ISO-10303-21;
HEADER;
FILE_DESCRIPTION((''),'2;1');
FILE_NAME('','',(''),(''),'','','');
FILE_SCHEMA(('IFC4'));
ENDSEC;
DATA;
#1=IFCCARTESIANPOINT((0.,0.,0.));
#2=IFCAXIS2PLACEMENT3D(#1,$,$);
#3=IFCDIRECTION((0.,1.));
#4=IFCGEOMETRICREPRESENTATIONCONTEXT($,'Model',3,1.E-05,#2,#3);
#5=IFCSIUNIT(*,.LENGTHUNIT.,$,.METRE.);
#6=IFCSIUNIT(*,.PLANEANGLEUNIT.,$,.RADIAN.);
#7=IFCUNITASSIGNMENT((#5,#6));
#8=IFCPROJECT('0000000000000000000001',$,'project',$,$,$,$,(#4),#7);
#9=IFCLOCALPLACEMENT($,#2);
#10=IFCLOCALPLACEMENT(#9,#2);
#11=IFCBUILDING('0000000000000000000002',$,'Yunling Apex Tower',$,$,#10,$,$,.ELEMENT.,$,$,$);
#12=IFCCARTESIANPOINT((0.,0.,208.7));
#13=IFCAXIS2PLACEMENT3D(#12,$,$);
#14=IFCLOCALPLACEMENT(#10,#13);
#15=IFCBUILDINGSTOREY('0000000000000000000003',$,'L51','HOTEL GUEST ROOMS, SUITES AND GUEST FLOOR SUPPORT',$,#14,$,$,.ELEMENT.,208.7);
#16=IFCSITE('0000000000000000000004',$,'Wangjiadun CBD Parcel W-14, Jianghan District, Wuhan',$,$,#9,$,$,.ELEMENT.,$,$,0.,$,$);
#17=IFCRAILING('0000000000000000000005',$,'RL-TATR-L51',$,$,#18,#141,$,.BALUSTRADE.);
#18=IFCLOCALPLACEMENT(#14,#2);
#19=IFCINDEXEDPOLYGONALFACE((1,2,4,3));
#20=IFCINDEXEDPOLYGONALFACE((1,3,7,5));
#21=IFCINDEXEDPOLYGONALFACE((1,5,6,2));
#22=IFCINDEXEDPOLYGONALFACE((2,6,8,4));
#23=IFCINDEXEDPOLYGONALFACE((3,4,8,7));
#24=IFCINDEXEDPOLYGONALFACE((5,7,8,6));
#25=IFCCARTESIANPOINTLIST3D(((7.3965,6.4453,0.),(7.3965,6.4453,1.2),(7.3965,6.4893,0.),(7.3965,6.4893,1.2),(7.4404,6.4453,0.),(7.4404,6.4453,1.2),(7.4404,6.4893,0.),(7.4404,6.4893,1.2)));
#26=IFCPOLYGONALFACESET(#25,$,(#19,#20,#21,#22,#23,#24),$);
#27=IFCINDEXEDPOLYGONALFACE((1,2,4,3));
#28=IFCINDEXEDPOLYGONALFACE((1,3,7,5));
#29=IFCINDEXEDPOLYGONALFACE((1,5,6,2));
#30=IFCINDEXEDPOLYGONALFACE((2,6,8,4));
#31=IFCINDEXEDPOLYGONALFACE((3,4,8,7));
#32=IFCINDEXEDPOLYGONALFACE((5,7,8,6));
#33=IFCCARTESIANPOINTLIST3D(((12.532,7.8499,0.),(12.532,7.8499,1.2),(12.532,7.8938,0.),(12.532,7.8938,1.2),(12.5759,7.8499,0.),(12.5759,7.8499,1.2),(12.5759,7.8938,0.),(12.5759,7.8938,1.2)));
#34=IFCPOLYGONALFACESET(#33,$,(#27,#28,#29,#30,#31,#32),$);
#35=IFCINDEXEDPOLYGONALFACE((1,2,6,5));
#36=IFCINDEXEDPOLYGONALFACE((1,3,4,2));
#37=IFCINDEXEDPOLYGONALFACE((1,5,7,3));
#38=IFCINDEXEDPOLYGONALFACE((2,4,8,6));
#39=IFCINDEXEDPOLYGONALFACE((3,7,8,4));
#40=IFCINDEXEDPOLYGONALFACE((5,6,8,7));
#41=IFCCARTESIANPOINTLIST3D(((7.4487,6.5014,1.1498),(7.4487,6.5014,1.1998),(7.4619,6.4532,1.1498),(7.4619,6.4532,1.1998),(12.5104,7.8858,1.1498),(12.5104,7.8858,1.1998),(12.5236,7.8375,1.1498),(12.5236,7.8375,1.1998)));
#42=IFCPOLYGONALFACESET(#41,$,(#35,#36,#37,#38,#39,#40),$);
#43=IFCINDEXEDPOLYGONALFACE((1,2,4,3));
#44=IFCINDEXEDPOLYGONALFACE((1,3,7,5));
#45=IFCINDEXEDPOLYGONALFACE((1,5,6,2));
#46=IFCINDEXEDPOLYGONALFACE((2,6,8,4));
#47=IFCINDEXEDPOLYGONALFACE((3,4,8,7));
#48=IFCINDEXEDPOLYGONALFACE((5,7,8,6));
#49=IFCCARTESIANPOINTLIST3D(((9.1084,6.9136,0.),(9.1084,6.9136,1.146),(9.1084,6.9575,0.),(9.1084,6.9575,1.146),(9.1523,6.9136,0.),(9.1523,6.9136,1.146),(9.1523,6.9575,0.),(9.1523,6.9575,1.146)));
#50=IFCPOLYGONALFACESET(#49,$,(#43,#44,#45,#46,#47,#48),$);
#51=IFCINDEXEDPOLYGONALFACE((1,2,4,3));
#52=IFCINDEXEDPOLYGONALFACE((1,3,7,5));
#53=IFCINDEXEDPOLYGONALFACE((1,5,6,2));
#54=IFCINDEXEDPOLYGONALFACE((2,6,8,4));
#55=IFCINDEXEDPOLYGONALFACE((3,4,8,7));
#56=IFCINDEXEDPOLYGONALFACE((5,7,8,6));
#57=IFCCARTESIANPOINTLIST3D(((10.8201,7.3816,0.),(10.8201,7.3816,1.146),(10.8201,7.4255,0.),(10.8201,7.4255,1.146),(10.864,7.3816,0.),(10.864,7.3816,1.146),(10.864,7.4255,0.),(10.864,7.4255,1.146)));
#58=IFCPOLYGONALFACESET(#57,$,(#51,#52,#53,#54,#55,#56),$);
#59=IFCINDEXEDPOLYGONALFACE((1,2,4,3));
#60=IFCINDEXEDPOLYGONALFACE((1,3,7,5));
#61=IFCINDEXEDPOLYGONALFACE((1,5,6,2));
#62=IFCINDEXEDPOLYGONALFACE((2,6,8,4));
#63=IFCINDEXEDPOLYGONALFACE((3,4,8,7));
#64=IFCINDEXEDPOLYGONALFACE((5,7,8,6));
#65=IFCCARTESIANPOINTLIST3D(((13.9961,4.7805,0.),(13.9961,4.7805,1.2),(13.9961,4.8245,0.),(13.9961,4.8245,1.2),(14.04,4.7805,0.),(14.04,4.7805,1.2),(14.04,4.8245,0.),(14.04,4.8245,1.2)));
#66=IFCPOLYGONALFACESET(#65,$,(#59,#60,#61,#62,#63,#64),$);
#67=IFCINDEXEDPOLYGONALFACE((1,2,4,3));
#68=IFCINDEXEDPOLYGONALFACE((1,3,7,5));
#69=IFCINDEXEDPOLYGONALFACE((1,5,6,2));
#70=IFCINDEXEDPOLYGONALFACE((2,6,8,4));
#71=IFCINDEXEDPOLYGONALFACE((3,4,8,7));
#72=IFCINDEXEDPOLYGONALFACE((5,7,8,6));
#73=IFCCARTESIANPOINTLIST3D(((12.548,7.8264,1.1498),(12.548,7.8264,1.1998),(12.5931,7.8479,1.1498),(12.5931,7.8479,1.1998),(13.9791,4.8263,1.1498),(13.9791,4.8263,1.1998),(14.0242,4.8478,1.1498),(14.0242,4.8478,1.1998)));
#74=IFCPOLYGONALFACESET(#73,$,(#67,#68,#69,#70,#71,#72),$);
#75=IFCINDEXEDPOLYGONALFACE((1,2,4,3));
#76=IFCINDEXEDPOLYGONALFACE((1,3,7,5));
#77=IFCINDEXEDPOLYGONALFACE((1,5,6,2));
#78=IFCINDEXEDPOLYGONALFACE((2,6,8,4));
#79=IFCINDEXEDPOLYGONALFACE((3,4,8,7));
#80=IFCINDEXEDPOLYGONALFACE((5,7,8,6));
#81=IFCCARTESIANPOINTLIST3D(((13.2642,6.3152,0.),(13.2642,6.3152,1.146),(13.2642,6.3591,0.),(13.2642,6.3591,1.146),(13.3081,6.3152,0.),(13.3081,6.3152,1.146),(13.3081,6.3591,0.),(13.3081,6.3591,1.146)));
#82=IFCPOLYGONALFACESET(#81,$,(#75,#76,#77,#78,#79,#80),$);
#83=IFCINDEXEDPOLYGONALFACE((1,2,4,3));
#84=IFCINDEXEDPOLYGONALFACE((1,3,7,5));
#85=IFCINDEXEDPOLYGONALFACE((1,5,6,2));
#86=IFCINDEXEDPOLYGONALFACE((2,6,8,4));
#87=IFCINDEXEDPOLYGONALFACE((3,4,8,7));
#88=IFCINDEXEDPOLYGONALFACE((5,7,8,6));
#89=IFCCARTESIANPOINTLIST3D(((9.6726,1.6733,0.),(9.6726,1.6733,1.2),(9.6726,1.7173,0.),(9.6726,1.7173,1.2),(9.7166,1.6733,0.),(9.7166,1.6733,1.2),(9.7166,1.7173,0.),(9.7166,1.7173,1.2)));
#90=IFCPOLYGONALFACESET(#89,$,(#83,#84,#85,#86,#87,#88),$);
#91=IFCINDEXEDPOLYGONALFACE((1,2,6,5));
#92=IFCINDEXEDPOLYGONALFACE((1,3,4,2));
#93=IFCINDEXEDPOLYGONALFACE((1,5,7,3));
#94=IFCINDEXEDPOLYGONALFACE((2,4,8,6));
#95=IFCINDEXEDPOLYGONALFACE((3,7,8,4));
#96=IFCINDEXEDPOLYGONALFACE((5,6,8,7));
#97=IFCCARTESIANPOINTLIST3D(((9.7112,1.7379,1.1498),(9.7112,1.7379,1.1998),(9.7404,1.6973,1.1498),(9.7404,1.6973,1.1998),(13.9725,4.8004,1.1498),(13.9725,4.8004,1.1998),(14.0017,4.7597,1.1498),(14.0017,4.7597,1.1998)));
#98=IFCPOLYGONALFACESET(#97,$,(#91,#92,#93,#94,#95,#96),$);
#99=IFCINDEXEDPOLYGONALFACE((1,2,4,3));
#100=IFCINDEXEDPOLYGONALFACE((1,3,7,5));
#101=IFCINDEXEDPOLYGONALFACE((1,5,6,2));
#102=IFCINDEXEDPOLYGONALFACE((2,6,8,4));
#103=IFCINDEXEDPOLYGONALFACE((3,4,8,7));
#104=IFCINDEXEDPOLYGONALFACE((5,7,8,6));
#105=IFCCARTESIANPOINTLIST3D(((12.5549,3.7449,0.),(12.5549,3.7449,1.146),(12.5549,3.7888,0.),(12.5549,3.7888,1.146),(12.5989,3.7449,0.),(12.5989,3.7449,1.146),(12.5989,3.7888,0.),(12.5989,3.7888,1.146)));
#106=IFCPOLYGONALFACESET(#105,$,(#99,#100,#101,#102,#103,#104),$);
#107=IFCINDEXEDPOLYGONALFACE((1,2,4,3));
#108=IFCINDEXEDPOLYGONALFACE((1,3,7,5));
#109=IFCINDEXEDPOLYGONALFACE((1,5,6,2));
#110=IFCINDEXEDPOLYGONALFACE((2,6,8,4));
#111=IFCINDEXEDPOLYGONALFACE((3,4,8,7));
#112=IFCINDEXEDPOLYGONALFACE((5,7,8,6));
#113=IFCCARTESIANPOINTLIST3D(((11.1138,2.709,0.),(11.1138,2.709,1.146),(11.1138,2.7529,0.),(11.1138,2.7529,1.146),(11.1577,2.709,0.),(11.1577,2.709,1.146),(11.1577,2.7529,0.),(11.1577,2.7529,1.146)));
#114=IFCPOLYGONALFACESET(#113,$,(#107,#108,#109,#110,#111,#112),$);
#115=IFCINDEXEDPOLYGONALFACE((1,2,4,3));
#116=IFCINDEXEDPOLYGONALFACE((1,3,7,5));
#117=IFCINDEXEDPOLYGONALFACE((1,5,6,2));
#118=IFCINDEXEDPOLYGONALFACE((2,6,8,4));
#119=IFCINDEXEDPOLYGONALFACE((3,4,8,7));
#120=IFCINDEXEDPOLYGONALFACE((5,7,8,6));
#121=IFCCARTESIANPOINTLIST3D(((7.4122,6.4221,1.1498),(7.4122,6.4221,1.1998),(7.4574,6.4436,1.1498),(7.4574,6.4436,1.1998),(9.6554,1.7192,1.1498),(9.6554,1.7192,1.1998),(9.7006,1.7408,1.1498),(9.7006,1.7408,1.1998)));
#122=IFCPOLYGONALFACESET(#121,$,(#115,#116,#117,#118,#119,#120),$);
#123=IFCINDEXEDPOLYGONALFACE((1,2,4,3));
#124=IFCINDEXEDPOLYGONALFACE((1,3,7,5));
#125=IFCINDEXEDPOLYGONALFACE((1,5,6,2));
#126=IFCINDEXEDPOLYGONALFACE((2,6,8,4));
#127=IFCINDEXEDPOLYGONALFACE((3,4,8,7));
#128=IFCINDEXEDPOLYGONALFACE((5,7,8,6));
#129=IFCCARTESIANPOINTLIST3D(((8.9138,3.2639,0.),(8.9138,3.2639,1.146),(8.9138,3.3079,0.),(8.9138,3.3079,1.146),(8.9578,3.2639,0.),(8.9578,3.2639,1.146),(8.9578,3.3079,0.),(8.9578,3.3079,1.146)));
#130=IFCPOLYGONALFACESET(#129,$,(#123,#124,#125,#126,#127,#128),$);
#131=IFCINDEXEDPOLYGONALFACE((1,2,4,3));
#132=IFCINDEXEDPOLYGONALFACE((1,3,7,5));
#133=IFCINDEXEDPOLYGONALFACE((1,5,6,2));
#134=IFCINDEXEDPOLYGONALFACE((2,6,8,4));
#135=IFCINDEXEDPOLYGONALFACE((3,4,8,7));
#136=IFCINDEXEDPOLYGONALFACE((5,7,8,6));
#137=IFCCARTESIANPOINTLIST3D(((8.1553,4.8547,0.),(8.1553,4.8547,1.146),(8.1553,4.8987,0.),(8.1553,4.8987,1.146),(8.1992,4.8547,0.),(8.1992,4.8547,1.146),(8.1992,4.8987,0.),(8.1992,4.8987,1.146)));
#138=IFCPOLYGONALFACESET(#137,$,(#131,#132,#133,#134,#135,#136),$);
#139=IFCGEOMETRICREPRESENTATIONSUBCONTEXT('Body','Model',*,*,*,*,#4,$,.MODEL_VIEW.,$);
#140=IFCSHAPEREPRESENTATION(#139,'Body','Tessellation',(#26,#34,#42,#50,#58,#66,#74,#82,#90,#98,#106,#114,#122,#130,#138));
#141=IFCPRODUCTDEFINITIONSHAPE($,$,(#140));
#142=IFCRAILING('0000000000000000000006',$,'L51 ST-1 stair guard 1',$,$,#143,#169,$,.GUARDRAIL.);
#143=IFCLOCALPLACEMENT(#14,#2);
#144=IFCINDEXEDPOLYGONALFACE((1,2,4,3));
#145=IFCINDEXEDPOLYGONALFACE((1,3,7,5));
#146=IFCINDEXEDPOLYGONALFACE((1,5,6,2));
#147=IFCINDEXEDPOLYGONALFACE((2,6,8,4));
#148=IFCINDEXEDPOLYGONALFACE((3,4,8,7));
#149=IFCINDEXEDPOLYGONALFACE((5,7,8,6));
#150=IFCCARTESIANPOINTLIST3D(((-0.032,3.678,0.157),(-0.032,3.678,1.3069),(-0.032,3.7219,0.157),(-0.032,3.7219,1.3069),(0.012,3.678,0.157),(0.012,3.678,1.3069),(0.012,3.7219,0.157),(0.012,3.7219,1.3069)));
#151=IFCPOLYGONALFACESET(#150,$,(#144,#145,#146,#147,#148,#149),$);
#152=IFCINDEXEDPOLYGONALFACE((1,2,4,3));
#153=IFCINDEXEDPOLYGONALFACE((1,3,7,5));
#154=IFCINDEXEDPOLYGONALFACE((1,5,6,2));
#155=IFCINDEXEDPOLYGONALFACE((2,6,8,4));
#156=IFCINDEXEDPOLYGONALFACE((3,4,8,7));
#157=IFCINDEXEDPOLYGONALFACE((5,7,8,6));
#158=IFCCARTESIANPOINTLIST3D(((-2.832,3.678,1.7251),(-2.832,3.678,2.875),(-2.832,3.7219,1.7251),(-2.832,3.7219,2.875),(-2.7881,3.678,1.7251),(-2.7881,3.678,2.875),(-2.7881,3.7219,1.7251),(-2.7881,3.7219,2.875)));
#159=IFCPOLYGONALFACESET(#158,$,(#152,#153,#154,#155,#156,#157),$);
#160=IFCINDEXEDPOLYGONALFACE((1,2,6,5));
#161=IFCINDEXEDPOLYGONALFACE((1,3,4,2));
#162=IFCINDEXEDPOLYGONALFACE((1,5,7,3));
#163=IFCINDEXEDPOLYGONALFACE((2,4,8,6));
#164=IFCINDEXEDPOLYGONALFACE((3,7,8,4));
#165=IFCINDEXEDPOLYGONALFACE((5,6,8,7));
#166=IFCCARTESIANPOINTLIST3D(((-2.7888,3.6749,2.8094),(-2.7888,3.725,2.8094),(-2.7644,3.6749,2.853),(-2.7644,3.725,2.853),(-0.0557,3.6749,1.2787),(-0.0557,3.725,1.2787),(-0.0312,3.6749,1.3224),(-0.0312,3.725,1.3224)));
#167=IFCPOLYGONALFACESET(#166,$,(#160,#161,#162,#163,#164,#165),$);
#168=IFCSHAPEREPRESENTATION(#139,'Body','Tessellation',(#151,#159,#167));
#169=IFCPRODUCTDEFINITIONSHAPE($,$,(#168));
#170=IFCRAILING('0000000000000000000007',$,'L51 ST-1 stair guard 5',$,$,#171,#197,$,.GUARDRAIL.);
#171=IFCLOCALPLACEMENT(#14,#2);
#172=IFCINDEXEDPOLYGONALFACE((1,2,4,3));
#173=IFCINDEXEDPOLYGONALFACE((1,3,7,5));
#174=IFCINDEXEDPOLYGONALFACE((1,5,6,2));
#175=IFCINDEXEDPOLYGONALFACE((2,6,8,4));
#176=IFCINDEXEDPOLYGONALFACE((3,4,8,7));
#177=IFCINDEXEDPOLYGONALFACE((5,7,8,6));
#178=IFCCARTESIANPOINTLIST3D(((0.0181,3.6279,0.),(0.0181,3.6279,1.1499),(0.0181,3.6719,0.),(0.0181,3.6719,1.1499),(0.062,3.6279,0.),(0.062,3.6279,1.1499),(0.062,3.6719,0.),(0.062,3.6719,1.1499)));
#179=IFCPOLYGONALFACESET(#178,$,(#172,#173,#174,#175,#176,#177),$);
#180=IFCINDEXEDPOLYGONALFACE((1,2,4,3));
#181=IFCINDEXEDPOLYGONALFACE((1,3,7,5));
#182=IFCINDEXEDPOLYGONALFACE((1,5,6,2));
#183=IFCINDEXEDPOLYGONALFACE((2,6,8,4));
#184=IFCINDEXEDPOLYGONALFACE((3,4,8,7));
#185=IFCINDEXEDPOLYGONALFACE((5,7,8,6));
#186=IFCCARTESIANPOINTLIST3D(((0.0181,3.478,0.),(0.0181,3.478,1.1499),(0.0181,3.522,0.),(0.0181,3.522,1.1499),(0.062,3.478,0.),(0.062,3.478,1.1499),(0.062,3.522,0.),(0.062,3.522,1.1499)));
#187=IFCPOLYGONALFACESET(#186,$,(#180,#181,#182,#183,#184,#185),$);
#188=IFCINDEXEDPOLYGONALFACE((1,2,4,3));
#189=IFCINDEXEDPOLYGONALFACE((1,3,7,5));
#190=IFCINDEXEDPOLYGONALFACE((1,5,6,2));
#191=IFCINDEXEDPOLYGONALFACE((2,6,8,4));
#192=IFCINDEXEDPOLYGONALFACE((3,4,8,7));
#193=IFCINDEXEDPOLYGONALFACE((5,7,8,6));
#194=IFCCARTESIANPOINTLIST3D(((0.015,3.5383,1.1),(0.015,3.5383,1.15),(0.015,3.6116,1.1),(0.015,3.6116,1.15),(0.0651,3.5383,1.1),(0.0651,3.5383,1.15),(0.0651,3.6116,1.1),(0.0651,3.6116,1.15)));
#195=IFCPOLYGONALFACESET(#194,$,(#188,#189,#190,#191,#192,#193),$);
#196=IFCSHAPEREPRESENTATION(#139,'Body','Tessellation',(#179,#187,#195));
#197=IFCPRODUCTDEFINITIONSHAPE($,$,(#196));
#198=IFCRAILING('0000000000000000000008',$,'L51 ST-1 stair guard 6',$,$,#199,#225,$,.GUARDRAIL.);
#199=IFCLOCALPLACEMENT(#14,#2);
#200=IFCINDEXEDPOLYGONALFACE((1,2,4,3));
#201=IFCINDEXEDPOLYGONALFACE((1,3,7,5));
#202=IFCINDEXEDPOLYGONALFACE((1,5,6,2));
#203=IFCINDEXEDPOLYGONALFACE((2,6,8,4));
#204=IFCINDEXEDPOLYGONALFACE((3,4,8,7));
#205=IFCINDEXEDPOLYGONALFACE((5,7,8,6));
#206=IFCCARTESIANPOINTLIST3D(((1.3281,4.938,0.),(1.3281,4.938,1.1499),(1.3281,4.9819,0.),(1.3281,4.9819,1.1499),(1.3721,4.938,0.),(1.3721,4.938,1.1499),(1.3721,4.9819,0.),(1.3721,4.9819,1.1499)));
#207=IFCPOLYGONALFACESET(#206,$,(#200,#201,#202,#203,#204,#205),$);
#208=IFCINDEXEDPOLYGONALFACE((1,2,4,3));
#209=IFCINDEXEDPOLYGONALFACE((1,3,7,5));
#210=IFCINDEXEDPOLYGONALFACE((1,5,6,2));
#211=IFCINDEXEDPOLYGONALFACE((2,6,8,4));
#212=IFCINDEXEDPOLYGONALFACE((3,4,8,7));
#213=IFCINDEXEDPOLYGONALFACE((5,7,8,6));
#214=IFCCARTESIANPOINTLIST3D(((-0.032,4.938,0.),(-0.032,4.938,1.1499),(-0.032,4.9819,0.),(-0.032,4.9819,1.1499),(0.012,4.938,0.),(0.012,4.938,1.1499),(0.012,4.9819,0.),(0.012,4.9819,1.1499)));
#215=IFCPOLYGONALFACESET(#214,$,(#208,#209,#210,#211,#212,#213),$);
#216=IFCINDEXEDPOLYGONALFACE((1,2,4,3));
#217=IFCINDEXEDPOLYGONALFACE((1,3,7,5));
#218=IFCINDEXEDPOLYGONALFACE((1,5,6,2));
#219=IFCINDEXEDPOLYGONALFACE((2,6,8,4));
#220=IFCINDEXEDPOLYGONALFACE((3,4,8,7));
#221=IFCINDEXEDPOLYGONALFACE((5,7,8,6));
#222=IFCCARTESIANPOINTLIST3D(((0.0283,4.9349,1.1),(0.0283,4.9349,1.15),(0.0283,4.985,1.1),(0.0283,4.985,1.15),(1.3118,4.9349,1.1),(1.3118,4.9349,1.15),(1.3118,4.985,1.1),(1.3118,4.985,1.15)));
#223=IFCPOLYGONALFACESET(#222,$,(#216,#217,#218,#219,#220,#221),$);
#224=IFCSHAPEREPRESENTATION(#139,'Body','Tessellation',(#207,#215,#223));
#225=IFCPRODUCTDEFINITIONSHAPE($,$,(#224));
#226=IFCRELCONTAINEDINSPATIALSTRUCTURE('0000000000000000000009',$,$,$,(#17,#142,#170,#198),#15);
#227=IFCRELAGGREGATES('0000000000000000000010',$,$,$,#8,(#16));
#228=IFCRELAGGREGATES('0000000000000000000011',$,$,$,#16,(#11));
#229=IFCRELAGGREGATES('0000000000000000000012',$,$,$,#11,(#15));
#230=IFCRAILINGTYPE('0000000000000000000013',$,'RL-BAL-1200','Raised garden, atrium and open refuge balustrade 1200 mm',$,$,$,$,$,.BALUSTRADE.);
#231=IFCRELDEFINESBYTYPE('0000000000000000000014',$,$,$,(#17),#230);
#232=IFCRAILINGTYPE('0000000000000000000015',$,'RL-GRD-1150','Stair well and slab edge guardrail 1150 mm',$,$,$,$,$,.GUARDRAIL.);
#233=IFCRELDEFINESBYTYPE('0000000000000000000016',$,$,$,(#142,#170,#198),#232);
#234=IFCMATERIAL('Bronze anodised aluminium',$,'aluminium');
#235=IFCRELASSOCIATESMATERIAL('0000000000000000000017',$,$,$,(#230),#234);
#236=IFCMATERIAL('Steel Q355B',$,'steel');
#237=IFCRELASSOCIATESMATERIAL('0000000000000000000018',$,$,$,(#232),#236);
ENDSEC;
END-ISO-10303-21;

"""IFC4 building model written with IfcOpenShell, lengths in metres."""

from ifc_helpers import new_model, si_unit, direction, frame, origin, origin_2d, place, context, subcontext, project, spatial, rectangle, extrude, material, type_object, element, save


model = new_model("IFC4")

# Units and contexts
model_context = context("Model", 3, precision=1e-05, world=origin(), true_north=direction((0.0, 1.0)))
body_context = subcontext(model_context, "Body", "Model", "MODEL_VIEW")
ifc_project = project(units=[si_unit("LENGTHUNIT", "METRE"), si_unit("PLANEANGLEUNIT", "RADIAN")], contexts=[model_context])

# Site, building, storey
site_placement = place(None, origin())
site = spatial("IfcSite", under=ifc_project, at=site_placement, Name="Wangjiadun CBD Parcel W-14, Jianghan District, Wuhan", CompositionType="ELEMENT", RefElevation=0.0)
building_placement = place(site_placement, origin())
building = spatial("IfcBuilding", under=site, at=building_placement, Name="Yunling Apex Tower", CompositionType="ELEMENT")
storey_placement = place(building_placement, frame((0.0, 0.0, 208.7)))
storey = spatial("IfcBuildingStorey", under=building, at=storey_placement, Name="L51", Description="HOTEL GUEST ROOMS, SUITES AND GUEST FLOOR SUPPORT", CompositionType="ELEMENT", Elevation=208.7)

# Shared definitions
ifc_material_1 = material(Name="Steel Q355B", Category="steel")

# Shared definitions
ifc_material_2 = material(Name="Bronze anodised aluminium", Category="aluminium")

# Railings
railing_type_1 = type_object("IfcRailingType", Name="RL-BAL-1200", Description="Raised garden, atrium and open refuge balustrade 1200 mm", PredefinedType="BALUSTRADE", material=ifc_material_2)
railing_1_placement = place(storey_placement, frame((7.4185, 6.4673, 0.0)))
element("IfcRailing", 1, at=railing_1_placement, inside=storey, type_object=railing_type_1, Name="RL-TATR-L51", PredefinedType="BALUSTRADE", context=body_context, shape_type="SweptSolid", body=[
    extrude(rectangle(XDim=0.0439, YDim=0.0439, at=origin_2d()), origin(), (0.0, 0.0, 1.0), 1.2),
    extrude(rectangle(XDim=0.0439, YDim=0.0439, at=origin_2d()), frame((5.1355, 1.4045, 0.0)), (0.0, 0.0, 1.0), 1.2),
    extrude(rectangle(XDim=0.05, YDim=0.05, at=origin_2d()), frame((0.0369, 0.01, 1.1748), z_axis=(0.964575, 0.263808, 0.0), x_axis=(-0.263808, 0.964575, 0.0)), (0.0, 0.0, 1.0), 5.2476),
    extrude(rectangle(XDim=0.0439, YDim=0.0439, at=origin_2d()), frame((1.7119, 0.4683, 0.0)), (0.0, 0.0, 1.0), 1.146),
    extrude(rectangle(XDim=0.0439, YDim=0.0439, at=origin_2d()), frame((3.4236, 0.9363, 0.0)), (0.0, 0.0, 1.0), 1.146),
    extrude(rectangle(XDim=0.0439, YDim=0.0439, at=origin_2d()), frame((6.5996, -1.6648, 0.0)), (0.0, 0.0, 1.0), 1.2),
    extrude(rectangle(XDim=0.05, YDim=0.05, at=origin_2d()), frame((5.1521, 1.3699, 1.1748), z_axis=(0.430538, -0.902572, 0.0), x_axis=(0.902572, 0.430538, 0.0)), (0.0, 0.0, 1.0), 3.324),
    extrude(rectangle(XDim=0.0439, YDim=0.0439, at=origin_2d()), frame((5.8677, -0.1301, 0.0)), (0.0, 0.0, 1.0), 1.146),
    extrude(rectangle(XDim=0.0439, YDim=0.0439, at=origin_2d()), frame((2.2761, -4.772, 0.0)), (0.0, 0.0, 1.0), 1.2),
    extrude(rectangle(XDim=0.05, YDim=0.05, at=origin_2d()), frame((6.5686, -1.6873, 1.1748), z_axis=(-0.812045, -0.583595, 0.0), x_axis=(0.583595, -0.812045, 0.0)), (0.0, 0.0, 1.0), 5.2476),
    extrude(rectangle(XDim=0.0439, YDim=0.0439, at=origin_2d()), frame((5.1584, -2.7004, 0.0)), (0.0, 0.0, 1.0), 1.146),
    extrude(rectangle(XDim=0.0439, YDim=0.0439, at=origin_2d()), frame((3.7173, -3.7363, 0.0)), (0.0, 0.0, 1.0), 1.146),
    extrude(rectangle(XDim=0.05, YDim=0.05, at=origin_2d()), frame((2.2595, -4.7373, 1.1748), z_axis=(-0.430512, 0.902585, 0.0), x_axis=(-0.902585, -0.430512, 0.0)), (0.0, 0.0, 1.0), 5.2104),
    extrude(rectangle(XDim=0.0439, YDim=0.0439, at=origin_2d()), frame((1.5173, -3.1814, 0.0)), (0.0, 0.0, 1.0), 1.146),
    extrude(rectangle(XDim=0.0439, YDim=0.0439, at=origin_2d()), frame((0.7588, -1.5906, 0.0)), (0.0, 0.0, 1.0), 1.146),
])
railing_type_2 = type_object("IfcRailingType", Name="RL-GRD-1150", Description="Stair well and slab edge guardrail 1150 mm", PredefinedType="GUARDRAIL", material=ifc_material_1)
railing_2_placement = place(storey_placement, frame((-0.01, 3.7, 0.157)))
element("IfcRailing", 2, at=railing_2_placement, inside=storey, type_object=railing_type_2, Name="L51 ST-1 stair guard 1", PredefinedType="GUARDRAIL", context=body_context, shape_type="SweptSolid", body=[
    extrude(rectangle(XDim=0.0439, YDim=0.0439, at=origin_2d()), origin(), (0.0, 0.0, 1.0), 1.1499),
    extrude(rectangle(XDim=0.0439, YDim=0.0439, at=origin_2d()), frame((-2.8, 0.0, 1.5681)), (0.0, 0.0, 1.0), 1.1499),
    extrude(rectangle(XDim=0.05, YDim=0.05, at=origin_2d()), frame((-0.0334, 0.0, 1.1436), z_axis=(-0.872494, 0.0, 0.488624), x_axis=(0.0, -1.0, 0.0)), (0.0, 0.0, 1.0), 3.1326),
])
railing_3_placement = place(storey_placement, frame((0.04, 3.6499, 0.0)))
element("IfcRailing", 3, at=railing_3_placement, inside=storey, type_object=railing_type_2, Name="L51 ST-1 stair guard 5", PredefinedType="GUARDRAIL", context=body_context, shape_type="SweptSolid", body=[
    extrude(rectangle(XDim=0.0439, YDim=0.0439, at=origin_2d()), origin(), (0.0, 0.0, 1.0), 1.1499),
    extrude(rectangle(XDim=0.0439, YDim=0.0439, at=origin_2d()), frame((0.0, -0.1499, 0.0)), (0.0, 0.0, 1.0), 1.1499),
    extrude(rectangle(XDim=0.05, YDim=0.05, at=origin_2d()), frame((0.0, -0.0383, 1.125), z_axis=(0.0, -1.0, 0.0), x_axis=(1.0, 0.0, 0.0)), (0.0, 0.0, 1.0), 0.0732),
])
railing_4_placement = place(storey_placement, frame((1.3501, 4.96, 0.0)))
element("IfcRailing", 4, at=railing_4_placement, inside=storey, type_object=railing_type_2, Name="L51 ST-1 stair guard 6", PredefinedType="GUARDRAIL", context=body_context, shape_type="SweptSolid", body=[
    extrude(rectangle(XDim=0.0439, YDim=0.0439, at=origin_2d()), origin(), (0.0, 0.0, 1.0), 1.1499),
    extrude(rectangle(XDim=0.0439, YDim=0.0439, at=origin_2d()), frame((-1.3601, 0.0, 0.0)), (0.0, 0.0, 1.0), 1.1499),
    extrude(rectangle(XDim=0.05, YDim=0.05, at=origin_2d()), frame((-0.0383, 0.0, 1.125), z_axis=(-1.0, 0.0, 0.0), x_axis=(0.0, -1.0, 0.0)), (0.0, 0.0, 1.0), 1.2834),
])

save(model, "model.ifc")
